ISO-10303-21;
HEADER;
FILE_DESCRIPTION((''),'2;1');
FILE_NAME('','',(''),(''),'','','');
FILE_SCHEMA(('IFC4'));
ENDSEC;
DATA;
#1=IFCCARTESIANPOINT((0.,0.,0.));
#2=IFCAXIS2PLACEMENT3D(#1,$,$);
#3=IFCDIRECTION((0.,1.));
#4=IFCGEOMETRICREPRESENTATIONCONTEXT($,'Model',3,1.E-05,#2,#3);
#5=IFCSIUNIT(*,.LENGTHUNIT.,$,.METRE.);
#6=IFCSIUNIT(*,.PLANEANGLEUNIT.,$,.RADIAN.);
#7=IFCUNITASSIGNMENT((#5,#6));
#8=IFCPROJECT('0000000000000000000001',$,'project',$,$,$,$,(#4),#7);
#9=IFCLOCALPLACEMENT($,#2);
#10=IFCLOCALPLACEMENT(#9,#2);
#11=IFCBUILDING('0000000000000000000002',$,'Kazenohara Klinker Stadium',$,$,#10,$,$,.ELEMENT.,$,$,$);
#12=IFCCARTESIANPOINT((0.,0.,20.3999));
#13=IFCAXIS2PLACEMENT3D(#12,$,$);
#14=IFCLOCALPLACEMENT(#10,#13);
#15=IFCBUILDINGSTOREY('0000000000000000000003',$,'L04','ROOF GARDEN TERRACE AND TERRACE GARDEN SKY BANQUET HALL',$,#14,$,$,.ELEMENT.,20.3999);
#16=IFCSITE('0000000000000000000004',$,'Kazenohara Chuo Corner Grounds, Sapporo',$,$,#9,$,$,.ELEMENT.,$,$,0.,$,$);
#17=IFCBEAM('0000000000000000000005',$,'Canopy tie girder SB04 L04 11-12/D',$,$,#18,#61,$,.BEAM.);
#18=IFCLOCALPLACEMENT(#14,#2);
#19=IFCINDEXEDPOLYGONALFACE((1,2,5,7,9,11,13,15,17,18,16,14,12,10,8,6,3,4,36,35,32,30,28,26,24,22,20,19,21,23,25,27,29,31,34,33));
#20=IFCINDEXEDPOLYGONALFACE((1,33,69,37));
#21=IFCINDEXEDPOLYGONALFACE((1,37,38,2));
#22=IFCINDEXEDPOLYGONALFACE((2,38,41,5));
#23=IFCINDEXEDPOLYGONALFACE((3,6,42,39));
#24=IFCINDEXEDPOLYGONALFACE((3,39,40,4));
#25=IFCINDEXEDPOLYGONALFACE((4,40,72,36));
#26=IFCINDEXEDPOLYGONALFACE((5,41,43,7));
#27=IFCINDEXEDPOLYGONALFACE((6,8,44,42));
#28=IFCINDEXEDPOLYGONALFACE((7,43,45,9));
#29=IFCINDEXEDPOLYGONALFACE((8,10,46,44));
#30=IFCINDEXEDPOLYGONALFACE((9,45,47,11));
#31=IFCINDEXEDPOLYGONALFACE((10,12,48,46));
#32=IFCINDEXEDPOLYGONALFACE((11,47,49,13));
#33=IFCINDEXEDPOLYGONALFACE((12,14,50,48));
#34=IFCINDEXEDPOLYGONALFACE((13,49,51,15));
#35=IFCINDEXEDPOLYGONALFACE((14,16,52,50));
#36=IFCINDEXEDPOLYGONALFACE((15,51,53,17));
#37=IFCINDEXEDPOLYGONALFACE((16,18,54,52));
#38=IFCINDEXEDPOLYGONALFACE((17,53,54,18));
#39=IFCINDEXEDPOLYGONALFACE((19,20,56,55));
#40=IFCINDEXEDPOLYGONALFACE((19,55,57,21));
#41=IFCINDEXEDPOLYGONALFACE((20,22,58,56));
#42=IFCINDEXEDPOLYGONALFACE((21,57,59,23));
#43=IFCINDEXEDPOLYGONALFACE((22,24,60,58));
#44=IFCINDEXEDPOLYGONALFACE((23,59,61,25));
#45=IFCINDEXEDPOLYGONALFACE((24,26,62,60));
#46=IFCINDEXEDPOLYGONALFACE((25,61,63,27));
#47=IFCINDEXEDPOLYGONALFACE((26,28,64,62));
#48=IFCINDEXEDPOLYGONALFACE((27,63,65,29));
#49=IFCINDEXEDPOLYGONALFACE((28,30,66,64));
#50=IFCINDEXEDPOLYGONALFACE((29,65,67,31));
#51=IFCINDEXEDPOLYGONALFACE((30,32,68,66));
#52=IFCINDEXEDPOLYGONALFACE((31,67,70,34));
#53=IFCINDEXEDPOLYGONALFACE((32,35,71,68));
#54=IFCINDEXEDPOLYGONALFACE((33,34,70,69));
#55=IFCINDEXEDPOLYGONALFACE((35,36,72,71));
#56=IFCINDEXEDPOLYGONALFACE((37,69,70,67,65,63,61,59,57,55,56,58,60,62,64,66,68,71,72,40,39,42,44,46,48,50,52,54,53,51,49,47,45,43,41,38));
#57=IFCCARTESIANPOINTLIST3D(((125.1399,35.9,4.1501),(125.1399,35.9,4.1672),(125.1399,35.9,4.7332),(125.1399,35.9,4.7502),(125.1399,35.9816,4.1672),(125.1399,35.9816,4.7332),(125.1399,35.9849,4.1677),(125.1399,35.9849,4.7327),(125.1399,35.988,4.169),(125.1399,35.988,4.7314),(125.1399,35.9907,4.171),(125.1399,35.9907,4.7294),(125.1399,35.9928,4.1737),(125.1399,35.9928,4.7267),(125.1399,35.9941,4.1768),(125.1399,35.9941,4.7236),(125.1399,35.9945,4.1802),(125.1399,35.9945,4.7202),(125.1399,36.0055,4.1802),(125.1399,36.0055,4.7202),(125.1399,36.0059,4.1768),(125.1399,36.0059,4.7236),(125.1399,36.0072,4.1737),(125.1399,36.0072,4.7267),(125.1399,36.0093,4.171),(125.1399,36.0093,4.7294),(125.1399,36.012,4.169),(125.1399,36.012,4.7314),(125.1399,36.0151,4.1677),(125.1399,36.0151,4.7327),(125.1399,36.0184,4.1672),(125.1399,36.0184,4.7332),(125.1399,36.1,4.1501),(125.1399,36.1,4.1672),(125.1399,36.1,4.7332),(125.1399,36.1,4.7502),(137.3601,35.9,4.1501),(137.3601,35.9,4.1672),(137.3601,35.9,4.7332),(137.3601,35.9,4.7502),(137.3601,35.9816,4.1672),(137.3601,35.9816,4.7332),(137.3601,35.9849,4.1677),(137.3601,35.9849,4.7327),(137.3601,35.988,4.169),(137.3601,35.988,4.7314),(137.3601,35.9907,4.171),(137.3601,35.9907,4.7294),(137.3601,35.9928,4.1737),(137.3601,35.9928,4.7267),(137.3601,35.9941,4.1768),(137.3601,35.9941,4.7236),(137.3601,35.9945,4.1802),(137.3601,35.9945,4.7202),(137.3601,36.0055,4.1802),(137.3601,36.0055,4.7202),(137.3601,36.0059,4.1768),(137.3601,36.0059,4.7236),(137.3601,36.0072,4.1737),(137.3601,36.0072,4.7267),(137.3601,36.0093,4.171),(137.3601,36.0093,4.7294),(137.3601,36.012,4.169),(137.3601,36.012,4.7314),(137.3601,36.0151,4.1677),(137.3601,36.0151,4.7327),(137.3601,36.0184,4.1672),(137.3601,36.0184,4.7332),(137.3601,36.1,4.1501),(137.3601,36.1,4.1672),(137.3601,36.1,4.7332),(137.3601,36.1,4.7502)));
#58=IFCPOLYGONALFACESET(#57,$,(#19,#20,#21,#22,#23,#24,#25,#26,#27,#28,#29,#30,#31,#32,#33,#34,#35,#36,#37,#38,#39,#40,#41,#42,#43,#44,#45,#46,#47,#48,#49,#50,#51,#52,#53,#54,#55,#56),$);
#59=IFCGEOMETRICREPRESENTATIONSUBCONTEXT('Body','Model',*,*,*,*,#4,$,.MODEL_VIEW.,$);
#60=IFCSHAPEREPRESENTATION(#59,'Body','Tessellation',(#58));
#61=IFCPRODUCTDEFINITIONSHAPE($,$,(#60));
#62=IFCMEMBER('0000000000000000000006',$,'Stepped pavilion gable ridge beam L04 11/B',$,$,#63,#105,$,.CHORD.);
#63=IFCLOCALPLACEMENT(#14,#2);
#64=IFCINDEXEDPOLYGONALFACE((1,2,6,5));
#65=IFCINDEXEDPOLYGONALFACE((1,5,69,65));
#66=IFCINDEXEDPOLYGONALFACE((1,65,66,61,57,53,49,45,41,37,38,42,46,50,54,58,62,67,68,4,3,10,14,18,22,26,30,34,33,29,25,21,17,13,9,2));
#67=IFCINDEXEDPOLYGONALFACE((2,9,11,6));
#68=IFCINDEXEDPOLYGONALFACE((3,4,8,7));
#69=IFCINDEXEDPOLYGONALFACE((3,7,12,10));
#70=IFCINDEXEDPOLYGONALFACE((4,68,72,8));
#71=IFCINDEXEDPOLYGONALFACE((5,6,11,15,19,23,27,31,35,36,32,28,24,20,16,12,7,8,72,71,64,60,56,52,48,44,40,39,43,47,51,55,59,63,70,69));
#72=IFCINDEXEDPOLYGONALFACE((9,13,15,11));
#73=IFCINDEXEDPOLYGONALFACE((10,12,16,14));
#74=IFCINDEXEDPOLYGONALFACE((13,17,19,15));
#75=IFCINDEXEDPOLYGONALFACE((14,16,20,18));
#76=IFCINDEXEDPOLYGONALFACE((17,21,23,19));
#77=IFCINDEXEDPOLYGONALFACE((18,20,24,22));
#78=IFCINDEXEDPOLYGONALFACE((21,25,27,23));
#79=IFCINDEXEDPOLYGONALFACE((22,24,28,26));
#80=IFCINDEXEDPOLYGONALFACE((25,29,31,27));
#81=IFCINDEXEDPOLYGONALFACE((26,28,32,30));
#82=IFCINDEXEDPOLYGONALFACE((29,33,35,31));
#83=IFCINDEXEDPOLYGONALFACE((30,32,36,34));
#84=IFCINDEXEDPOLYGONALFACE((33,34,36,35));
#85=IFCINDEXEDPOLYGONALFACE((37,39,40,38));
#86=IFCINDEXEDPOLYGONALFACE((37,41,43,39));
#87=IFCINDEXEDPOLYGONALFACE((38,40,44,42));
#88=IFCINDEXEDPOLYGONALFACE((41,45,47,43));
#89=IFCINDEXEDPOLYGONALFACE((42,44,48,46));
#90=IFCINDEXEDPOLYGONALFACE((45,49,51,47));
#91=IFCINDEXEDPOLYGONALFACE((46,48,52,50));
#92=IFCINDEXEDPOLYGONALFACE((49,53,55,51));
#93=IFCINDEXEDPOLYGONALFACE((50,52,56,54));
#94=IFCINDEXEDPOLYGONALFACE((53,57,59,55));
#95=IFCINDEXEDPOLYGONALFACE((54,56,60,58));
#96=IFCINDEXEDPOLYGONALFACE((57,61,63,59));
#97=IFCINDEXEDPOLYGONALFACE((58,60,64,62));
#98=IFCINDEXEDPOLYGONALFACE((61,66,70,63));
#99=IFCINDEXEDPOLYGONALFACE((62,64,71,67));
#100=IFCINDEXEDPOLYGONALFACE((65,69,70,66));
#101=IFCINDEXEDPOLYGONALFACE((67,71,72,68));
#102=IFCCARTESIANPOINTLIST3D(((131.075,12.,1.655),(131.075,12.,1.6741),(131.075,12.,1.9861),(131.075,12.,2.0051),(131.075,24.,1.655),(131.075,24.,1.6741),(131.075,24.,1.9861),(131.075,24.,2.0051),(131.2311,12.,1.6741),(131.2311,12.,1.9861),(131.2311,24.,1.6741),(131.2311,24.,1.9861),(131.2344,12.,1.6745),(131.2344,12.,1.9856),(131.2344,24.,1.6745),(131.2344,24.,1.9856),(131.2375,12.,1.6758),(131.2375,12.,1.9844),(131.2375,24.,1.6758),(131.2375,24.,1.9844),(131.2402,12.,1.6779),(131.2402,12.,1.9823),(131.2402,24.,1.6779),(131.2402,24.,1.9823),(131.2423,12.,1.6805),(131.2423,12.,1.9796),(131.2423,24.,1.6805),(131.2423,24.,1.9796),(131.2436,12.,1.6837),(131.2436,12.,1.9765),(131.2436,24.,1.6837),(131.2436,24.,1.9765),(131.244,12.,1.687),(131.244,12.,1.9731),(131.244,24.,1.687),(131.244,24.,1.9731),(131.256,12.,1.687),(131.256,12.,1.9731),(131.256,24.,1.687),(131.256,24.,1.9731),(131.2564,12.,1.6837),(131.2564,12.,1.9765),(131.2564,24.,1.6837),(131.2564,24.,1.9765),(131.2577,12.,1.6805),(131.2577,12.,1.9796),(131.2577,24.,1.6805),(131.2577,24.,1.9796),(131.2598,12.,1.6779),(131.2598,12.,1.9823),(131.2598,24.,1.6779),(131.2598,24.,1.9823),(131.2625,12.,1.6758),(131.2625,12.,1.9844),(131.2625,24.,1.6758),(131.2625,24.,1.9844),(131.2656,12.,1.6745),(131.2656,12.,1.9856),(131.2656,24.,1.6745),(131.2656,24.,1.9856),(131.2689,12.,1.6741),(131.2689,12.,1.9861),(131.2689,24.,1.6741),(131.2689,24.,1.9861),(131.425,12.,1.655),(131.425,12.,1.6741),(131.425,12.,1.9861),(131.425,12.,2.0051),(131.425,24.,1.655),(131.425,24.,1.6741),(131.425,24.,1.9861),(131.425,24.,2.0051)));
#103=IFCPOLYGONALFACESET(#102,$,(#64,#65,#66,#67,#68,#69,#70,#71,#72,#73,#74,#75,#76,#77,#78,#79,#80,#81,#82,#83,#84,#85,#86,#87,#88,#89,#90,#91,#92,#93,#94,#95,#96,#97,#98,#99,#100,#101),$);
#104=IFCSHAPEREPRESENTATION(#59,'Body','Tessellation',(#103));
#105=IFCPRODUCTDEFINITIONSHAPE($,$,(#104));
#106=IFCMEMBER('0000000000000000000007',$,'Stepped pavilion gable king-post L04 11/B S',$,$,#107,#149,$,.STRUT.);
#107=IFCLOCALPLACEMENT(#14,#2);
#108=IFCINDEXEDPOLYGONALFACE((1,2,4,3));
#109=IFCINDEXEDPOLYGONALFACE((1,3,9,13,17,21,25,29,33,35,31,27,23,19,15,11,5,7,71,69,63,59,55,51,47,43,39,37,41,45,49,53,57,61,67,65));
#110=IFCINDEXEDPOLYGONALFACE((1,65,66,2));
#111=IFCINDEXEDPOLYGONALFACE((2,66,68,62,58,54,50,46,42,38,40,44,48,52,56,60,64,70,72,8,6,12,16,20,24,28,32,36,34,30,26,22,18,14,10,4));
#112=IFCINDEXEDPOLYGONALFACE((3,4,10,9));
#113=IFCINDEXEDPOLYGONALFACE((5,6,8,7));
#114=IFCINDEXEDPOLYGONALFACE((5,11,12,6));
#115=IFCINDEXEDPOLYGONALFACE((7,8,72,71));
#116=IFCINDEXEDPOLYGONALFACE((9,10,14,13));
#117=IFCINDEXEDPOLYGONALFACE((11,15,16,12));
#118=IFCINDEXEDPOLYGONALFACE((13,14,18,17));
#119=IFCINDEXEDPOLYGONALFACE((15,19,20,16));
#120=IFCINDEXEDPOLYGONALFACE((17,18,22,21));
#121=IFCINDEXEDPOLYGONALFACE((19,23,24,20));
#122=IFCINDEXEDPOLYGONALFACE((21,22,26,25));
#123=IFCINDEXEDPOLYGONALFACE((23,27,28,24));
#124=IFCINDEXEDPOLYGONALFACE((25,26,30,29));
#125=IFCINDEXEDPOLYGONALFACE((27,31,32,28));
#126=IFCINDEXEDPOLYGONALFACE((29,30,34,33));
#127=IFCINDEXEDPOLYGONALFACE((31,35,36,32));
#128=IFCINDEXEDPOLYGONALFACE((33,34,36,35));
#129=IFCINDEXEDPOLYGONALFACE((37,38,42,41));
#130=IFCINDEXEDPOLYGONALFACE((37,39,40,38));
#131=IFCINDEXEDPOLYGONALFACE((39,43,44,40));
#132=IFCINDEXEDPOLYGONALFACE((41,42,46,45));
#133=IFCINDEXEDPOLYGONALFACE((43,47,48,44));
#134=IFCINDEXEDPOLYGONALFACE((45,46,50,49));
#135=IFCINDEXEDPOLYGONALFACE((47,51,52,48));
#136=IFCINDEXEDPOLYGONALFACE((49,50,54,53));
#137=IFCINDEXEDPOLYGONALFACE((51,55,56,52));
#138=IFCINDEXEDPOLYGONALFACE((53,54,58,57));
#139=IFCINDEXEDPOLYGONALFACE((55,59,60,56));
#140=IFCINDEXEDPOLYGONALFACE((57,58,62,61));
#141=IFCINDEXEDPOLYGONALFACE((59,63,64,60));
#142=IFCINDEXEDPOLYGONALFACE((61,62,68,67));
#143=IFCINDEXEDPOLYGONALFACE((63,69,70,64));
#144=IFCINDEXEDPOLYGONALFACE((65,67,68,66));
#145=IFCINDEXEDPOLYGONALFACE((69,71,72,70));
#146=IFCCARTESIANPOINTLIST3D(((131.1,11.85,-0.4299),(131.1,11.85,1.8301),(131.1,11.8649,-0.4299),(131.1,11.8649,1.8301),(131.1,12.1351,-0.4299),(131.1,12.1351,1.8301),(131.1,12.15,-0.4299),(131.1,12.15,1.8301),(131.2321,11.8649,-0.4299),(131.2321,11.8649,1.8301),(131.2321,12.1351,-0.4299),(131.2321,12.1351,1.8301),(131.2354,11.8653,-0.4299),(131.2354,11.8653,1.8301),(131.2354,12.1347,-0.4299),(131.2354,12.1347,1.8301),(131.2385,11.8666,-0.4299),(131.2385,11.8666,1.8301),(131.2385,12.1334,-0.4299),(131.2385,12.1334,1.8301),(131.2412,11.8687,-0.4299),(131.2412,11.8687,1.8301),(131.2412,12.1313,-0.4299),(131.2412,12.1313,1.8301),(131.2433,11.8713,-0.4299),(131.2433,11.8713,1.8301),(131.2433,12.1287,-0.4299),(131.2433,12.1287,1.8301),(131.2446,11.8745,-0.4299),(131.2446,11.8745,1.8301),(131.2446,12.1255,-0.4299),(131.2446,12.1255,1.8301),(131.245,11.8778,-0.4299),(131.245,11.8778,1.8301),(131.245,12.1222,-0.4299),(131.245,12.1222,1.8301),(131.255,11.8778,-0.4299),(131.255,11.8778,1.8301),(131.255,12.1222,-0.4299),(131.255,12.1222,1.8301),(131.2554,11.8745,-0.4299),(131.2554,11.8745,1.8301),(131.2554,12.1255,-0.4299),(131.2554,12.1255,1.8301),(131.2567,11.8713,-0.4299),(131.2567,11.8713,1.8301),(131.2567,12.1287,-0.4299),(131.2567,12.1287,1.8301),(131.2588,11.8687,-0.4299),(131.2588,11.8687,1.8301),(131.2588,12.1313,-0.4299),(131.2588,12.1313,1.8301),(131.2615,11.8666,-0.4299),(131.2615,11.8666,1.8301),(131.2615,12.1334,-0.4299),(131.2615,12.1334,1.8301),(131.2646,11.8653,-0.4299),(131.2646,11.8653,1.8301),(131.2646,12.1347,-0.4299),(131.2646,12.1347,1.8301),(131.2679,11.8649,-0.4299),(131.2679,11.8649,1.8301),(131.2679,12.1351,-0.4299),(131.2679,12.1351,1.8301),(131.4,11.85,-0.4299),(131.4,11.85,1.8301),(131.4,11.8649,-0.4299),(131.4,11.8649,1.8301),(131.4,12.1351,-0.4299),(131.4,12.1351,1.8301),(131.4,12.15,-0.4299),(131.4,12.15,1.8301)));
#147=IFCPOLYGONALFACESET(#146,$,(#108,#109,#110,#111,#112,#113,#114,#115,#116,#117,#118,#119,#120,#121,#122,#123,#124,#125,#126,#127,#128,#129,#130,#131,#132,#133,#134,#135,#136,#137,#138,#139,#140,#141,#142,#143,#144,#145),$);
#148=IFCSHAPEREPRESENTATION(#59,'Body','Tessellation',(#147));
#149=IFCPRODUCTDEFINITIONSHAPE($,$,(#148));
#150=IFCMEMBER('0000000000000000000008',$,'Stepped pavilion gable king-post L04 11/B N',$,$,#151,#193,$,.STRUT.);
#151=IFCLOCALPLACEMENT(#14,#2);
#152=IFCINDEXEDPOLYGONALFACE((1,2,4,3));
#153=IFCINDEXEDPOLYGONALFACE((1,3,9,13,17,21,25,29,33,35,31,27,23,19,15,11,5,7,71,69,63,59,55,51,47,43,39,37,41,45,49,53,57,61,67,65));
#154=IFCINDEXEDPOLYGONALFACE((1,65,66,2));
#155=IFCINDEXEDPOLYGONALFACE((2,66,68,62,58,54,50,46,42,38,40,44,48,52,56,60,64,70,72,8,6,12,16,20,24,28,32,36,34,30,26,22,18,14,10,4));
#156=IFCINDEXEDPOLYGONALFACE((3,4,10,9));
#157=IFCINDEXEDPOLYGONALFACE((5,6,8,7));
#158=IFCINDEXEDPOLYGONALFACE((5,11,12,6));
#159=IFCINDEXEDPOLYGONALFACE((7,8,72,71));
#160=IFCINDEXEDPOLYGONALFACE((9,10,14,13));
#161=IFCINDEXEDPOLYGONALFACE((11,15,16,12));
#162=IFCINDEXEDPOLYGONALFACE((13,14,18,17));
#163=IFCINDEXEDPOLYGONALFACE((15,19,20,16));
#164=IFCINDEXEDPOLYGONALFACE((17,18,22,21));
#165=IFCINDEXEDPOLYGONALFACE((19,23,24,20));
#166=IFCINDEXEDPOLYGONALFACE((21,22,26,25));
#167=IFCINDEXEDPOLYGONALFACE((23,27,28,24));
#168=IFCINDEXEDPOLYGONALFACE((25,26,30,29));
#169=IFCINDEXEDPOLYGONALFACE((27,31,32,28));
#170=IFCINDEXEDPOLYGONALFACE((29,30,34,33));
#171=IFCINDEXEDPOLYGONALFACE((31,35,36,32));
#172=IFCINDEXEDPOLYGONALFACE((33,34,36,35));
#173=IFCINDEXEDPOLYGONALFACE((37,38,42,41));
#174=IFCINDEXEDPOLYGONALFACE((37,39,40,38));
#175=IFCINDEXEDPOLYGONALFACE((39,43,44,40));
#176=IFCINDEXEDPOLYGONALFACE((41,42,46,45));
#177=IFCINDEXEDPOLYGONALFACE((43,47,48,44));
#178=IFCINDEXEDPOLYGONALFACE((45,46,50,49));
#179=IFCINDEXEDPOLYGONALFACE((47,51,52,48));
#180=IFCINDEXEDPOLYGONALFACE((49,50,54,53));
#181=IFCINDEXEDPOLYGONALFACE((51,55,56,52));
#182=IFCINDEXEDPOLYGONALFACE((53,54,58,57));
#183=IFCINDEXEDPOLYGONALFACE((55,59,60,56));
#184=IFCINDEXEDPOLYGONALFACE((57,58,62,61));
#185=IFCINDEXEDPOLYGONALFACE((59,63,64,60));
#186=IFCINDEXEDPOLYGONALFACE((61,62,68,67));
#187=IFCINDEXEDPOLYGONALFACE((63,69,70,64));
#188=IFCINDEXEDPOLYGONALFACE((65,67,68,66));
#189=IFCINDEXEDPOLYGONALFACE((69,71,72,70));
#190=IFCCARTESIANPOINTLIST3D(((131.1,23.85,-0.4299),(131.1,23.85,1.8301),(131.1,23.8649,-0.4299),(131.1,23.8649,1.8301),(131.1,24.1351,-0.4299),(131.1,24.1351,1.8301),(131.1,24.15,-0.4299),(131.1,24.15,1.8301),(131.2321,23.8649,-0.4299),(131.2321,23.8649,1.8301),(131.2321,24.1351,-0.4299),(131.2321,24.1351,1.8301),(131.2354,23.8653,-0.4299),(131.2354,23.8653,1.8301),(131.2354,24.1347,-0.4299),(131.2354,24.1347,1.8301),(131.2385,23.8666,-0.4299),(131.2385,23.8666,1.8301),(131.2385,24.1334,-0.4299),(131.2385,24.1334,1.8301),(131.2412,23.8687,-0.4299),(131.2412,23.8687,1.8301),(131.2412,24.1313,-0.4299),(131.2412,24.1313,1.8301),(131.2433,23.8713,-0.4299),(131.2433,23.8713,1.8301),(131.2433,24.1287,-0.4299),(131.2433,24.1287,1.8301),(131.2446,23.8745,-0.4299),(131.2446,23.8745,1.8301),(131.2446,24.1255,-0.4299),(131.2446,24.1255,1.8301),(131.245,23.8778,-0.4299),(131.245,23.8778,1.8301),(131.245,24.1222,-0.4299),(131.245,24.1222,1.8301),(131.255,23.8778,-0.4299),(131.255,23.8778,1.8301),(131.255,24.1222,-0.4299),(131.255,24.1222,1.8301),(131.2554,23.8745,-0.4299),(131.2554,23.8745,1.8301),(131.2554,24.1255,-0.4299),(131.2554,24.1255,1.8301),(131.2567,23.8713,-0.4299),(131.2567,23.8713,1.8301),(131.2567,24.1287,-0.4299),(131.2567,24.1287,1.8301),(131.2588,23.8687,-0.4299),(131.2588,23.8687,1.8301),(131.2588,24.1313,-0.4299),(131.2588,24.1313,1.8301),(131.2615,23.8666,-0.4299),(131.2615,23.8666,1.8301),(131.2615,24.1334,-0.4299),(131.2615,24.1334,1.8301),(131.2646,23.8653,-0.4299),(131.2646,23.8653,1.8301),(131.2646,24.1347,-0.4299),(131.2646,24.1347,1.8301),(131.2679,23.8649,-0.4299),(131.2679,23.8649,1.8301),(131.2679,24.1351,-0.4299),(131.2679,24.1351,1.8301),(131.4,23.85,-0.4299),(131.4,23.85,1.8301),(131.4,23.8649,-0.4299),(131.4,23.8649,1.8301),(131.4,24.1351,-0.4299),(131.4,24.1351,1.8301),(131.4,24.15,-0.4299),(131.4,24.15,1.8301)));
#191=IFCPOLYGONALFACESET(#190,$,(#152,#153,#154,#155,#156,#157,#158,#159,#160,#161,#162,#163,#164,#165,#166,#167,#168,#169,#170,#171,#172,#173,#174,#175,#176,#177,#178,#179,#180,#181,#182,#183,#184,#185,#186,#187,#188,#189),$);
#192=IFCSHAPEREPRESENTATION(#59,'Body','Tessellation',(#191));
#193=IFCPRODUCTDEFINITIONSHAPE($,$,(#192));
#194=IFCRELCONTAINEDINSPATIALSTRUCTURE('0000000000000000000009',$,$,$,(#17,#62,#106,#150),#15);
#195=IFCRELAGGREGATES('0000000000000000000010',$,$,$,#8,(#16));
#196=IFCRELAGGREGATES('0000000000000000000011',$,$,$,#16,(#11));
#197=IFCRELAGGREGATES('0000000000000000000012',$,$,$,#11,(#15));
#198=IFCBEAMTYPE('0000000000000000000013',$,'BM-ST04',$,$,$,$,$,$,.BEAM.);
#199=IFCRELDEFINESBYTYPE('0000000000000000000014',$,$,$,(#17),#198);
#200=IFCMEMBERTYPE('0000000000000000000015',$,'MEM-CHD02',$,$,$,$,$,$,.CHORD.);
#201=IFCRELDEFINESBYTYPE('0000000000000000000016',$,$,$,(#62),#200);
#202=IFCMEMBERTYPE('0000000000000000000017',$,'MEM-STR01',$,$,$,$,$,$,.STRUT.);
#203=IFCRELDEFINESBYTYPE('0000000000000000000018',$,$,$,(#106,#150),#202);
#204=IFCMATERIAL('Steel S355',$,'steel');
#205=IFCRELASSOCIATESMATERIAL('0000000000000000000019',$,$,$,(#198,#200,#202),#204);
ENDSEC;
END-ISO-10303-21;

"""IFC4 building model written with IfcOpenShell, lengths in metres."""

from ifc_helpers import new_model, si_unit, direction, frame, origin, origin_2d, place, context, subcontext, project, spatial, i_section, extrude, material, material_profile, profile_set, type_object, element, save


model = new_model("IFC4")

# Units and contexts
model_context = context("Model", 3, precision=1e-05, world=origin(), true_north=direction((0.0, 1.0)))
body_context = subcontext(model_context, "Body", "Model", "MODEL_VIEW")
ifc_project = project(units=[si_unit("LENGTHUNIT", "METRE"), si_unit("PLANEANGLEUNIT", "RADIAN")], contexts=[model_context])

# Site, building, storey
site_placement = place(None, origin())
site = spatial("IfcSite", under=ifc_project, at=site_placement, Name="Kazenohara Chuo Corner Grounds, Sapporo", CompositionType="ELEMENT", RefElevation=0.0)
building_placement = place(site_placement, origin())
building = spatial("IfcBuilding", under=site, at=building_placement, Name="Kazenohara Klinker Stadium", CompositionType="ELEMENT")
storey_placement = place(building_placement, frame((0.0, 0.0, 20.3999)))
storey = spatial("IfcBuildingStorey", under=building, at=storey_placement, Name="L04", Description="ROOF GARDEN TERRACE AND TERRACE GARDEN SKY BANQUET HALL", CompositionType="ELEMENT", Elevation=20.3999)

# Shared definitions
ifc_material_1 = material(Name="Steel S355", Category="steel")

# Beam
ifc_material_profile_1 = material_profile(ifc_material_1, i_section(OverallWidth=0.2, OverallDepth=0.6001, WebThickness=0.011, FlangeThickness=0.0171, FilletRadius=0.0129, at=origin_2d()), Name="H-600x200x11x17")
ifc_profile_set_1 = profile_set([ifc_material_profile_1], Name="Steel S355")
beam_type = type_object("IfcBeamType", Name="BM-ST04", PredefinedType="BEAM", material=ifc_profile_set_1)
for number, where, z_axis, x_axis, name in (
    (1, (125.1399, 36.0, 4.4502), (1.0, 0.0, 0.0), (0.0, 1.0, 0.0), "Canopy tie girder SB04 L04 11-12/D"),
):
    element("IfcBeam", number, at=place(storey_placement, frame(where, z_axis=z_axis, x_axis=x_axis)), inside=storey, type_object=beam_type, Name=name, PredefinedType="BEAM", context=body_context, shape_type="SweptSolid", body=[
        extrude(i_section(OverallWidth=0.2, OverallDepth=0.6001, WebThickness=0.011, FlangeThickness=0.0171, FilletRadius=0.0129, at=origin_2d()), origin(), (0.0, 0.0, 1.0), 12.2202),
    ])

# Members
ifc_material_profile_2 = material_profile(ifc_material_1, i_section(OverallWidth=0.3501, OverallDepth=0.3501, WebThickness=0.012, FlangeThickness=0.019, FilletRadius=0.0129, at=origin_2d()), Name="H-350x350x12x19")
ifc_profile_set_2 = profile_set([ifc_material_profile_2], Name="Steel S355")
member_type_1 = type_object("IfcMemberType", Name="MEM-CHD02", PredefinedType="CHORD", material=ifc_profile_set_2)
member_placement = place(storey_placement, frame((131.25, 12.0, 1.8301), z_axis=(0.0, 1.0, 0.0), x_axis=(-1.0, 0.0, 0.0)))
element("IfcMember", 2, at=member_placement, inside=storey, type_object=member_type_1, Name="Stepped pavilion gable ridge beam L04 11/B", PredefinedType="CHORD", context=body_context, shape_type="SweptSolid", body=[
    extrude(i_section(OverallWidth=0.3501, OverallDepth=0.3501, WebThickness=0.012, FlangeThickness=0.019, FilletRadius=0.0129, at=origin_2d()), origin(), (0.0, 0.0, 1.0), 12.0),
])
ifc_material_profile_3 = material_profile(ifc_material_1, i_section(OverallWidth=0.3, OverallDepth=0.3, WebThickness=0.01, FlangeThickness=0.0149, FilletRadius=0.0129, at=origin_2d()), Name="H-300x300x10x15")
ifc_profile_set_3 = profile_set([ifc_material_profile_3], Name="Steel S355")
member_type_2 = type_object("IfcMemberType", Name="MEM-STR01", PredefinedType="STRUT", material=ifc_profile_set_3)
for number, where, z_axis, x_axis, name in (
    (3, (131.25, 12.0, -0.4299), (0.0, 0.0, 1.0), (1.0, 0.0, 0.0), "Stepped pavilion gable king-post L04 11/B S"),
    (4, (131.25, 24.0, -0.4299), (0.0, 0.0, 1.0), (1.0, 0.0, 0.0), "Stepped pavilion gable king-post L04 11/B N"),
):
    element("IfcMember", number, at=place(storey_placement, frame(where, z_axis=z_axis, x_axis=x_axis)), inside=storey, type_object=member_type_2, Name=name, PredefinedType="STRUT", context=body_context, shape_type="SweptSolid", body=[
        extrude(i_section(OverallWidth=0.3, OverallDepth=0.3, WebThickness=0.01, FlangeThickness=0.0149, FilletRadius=0.0129, at=origin_2d()), origin(), (0.0, 0.0, 1.0), 2.26),
    ])

save(model, "model.ifc")
